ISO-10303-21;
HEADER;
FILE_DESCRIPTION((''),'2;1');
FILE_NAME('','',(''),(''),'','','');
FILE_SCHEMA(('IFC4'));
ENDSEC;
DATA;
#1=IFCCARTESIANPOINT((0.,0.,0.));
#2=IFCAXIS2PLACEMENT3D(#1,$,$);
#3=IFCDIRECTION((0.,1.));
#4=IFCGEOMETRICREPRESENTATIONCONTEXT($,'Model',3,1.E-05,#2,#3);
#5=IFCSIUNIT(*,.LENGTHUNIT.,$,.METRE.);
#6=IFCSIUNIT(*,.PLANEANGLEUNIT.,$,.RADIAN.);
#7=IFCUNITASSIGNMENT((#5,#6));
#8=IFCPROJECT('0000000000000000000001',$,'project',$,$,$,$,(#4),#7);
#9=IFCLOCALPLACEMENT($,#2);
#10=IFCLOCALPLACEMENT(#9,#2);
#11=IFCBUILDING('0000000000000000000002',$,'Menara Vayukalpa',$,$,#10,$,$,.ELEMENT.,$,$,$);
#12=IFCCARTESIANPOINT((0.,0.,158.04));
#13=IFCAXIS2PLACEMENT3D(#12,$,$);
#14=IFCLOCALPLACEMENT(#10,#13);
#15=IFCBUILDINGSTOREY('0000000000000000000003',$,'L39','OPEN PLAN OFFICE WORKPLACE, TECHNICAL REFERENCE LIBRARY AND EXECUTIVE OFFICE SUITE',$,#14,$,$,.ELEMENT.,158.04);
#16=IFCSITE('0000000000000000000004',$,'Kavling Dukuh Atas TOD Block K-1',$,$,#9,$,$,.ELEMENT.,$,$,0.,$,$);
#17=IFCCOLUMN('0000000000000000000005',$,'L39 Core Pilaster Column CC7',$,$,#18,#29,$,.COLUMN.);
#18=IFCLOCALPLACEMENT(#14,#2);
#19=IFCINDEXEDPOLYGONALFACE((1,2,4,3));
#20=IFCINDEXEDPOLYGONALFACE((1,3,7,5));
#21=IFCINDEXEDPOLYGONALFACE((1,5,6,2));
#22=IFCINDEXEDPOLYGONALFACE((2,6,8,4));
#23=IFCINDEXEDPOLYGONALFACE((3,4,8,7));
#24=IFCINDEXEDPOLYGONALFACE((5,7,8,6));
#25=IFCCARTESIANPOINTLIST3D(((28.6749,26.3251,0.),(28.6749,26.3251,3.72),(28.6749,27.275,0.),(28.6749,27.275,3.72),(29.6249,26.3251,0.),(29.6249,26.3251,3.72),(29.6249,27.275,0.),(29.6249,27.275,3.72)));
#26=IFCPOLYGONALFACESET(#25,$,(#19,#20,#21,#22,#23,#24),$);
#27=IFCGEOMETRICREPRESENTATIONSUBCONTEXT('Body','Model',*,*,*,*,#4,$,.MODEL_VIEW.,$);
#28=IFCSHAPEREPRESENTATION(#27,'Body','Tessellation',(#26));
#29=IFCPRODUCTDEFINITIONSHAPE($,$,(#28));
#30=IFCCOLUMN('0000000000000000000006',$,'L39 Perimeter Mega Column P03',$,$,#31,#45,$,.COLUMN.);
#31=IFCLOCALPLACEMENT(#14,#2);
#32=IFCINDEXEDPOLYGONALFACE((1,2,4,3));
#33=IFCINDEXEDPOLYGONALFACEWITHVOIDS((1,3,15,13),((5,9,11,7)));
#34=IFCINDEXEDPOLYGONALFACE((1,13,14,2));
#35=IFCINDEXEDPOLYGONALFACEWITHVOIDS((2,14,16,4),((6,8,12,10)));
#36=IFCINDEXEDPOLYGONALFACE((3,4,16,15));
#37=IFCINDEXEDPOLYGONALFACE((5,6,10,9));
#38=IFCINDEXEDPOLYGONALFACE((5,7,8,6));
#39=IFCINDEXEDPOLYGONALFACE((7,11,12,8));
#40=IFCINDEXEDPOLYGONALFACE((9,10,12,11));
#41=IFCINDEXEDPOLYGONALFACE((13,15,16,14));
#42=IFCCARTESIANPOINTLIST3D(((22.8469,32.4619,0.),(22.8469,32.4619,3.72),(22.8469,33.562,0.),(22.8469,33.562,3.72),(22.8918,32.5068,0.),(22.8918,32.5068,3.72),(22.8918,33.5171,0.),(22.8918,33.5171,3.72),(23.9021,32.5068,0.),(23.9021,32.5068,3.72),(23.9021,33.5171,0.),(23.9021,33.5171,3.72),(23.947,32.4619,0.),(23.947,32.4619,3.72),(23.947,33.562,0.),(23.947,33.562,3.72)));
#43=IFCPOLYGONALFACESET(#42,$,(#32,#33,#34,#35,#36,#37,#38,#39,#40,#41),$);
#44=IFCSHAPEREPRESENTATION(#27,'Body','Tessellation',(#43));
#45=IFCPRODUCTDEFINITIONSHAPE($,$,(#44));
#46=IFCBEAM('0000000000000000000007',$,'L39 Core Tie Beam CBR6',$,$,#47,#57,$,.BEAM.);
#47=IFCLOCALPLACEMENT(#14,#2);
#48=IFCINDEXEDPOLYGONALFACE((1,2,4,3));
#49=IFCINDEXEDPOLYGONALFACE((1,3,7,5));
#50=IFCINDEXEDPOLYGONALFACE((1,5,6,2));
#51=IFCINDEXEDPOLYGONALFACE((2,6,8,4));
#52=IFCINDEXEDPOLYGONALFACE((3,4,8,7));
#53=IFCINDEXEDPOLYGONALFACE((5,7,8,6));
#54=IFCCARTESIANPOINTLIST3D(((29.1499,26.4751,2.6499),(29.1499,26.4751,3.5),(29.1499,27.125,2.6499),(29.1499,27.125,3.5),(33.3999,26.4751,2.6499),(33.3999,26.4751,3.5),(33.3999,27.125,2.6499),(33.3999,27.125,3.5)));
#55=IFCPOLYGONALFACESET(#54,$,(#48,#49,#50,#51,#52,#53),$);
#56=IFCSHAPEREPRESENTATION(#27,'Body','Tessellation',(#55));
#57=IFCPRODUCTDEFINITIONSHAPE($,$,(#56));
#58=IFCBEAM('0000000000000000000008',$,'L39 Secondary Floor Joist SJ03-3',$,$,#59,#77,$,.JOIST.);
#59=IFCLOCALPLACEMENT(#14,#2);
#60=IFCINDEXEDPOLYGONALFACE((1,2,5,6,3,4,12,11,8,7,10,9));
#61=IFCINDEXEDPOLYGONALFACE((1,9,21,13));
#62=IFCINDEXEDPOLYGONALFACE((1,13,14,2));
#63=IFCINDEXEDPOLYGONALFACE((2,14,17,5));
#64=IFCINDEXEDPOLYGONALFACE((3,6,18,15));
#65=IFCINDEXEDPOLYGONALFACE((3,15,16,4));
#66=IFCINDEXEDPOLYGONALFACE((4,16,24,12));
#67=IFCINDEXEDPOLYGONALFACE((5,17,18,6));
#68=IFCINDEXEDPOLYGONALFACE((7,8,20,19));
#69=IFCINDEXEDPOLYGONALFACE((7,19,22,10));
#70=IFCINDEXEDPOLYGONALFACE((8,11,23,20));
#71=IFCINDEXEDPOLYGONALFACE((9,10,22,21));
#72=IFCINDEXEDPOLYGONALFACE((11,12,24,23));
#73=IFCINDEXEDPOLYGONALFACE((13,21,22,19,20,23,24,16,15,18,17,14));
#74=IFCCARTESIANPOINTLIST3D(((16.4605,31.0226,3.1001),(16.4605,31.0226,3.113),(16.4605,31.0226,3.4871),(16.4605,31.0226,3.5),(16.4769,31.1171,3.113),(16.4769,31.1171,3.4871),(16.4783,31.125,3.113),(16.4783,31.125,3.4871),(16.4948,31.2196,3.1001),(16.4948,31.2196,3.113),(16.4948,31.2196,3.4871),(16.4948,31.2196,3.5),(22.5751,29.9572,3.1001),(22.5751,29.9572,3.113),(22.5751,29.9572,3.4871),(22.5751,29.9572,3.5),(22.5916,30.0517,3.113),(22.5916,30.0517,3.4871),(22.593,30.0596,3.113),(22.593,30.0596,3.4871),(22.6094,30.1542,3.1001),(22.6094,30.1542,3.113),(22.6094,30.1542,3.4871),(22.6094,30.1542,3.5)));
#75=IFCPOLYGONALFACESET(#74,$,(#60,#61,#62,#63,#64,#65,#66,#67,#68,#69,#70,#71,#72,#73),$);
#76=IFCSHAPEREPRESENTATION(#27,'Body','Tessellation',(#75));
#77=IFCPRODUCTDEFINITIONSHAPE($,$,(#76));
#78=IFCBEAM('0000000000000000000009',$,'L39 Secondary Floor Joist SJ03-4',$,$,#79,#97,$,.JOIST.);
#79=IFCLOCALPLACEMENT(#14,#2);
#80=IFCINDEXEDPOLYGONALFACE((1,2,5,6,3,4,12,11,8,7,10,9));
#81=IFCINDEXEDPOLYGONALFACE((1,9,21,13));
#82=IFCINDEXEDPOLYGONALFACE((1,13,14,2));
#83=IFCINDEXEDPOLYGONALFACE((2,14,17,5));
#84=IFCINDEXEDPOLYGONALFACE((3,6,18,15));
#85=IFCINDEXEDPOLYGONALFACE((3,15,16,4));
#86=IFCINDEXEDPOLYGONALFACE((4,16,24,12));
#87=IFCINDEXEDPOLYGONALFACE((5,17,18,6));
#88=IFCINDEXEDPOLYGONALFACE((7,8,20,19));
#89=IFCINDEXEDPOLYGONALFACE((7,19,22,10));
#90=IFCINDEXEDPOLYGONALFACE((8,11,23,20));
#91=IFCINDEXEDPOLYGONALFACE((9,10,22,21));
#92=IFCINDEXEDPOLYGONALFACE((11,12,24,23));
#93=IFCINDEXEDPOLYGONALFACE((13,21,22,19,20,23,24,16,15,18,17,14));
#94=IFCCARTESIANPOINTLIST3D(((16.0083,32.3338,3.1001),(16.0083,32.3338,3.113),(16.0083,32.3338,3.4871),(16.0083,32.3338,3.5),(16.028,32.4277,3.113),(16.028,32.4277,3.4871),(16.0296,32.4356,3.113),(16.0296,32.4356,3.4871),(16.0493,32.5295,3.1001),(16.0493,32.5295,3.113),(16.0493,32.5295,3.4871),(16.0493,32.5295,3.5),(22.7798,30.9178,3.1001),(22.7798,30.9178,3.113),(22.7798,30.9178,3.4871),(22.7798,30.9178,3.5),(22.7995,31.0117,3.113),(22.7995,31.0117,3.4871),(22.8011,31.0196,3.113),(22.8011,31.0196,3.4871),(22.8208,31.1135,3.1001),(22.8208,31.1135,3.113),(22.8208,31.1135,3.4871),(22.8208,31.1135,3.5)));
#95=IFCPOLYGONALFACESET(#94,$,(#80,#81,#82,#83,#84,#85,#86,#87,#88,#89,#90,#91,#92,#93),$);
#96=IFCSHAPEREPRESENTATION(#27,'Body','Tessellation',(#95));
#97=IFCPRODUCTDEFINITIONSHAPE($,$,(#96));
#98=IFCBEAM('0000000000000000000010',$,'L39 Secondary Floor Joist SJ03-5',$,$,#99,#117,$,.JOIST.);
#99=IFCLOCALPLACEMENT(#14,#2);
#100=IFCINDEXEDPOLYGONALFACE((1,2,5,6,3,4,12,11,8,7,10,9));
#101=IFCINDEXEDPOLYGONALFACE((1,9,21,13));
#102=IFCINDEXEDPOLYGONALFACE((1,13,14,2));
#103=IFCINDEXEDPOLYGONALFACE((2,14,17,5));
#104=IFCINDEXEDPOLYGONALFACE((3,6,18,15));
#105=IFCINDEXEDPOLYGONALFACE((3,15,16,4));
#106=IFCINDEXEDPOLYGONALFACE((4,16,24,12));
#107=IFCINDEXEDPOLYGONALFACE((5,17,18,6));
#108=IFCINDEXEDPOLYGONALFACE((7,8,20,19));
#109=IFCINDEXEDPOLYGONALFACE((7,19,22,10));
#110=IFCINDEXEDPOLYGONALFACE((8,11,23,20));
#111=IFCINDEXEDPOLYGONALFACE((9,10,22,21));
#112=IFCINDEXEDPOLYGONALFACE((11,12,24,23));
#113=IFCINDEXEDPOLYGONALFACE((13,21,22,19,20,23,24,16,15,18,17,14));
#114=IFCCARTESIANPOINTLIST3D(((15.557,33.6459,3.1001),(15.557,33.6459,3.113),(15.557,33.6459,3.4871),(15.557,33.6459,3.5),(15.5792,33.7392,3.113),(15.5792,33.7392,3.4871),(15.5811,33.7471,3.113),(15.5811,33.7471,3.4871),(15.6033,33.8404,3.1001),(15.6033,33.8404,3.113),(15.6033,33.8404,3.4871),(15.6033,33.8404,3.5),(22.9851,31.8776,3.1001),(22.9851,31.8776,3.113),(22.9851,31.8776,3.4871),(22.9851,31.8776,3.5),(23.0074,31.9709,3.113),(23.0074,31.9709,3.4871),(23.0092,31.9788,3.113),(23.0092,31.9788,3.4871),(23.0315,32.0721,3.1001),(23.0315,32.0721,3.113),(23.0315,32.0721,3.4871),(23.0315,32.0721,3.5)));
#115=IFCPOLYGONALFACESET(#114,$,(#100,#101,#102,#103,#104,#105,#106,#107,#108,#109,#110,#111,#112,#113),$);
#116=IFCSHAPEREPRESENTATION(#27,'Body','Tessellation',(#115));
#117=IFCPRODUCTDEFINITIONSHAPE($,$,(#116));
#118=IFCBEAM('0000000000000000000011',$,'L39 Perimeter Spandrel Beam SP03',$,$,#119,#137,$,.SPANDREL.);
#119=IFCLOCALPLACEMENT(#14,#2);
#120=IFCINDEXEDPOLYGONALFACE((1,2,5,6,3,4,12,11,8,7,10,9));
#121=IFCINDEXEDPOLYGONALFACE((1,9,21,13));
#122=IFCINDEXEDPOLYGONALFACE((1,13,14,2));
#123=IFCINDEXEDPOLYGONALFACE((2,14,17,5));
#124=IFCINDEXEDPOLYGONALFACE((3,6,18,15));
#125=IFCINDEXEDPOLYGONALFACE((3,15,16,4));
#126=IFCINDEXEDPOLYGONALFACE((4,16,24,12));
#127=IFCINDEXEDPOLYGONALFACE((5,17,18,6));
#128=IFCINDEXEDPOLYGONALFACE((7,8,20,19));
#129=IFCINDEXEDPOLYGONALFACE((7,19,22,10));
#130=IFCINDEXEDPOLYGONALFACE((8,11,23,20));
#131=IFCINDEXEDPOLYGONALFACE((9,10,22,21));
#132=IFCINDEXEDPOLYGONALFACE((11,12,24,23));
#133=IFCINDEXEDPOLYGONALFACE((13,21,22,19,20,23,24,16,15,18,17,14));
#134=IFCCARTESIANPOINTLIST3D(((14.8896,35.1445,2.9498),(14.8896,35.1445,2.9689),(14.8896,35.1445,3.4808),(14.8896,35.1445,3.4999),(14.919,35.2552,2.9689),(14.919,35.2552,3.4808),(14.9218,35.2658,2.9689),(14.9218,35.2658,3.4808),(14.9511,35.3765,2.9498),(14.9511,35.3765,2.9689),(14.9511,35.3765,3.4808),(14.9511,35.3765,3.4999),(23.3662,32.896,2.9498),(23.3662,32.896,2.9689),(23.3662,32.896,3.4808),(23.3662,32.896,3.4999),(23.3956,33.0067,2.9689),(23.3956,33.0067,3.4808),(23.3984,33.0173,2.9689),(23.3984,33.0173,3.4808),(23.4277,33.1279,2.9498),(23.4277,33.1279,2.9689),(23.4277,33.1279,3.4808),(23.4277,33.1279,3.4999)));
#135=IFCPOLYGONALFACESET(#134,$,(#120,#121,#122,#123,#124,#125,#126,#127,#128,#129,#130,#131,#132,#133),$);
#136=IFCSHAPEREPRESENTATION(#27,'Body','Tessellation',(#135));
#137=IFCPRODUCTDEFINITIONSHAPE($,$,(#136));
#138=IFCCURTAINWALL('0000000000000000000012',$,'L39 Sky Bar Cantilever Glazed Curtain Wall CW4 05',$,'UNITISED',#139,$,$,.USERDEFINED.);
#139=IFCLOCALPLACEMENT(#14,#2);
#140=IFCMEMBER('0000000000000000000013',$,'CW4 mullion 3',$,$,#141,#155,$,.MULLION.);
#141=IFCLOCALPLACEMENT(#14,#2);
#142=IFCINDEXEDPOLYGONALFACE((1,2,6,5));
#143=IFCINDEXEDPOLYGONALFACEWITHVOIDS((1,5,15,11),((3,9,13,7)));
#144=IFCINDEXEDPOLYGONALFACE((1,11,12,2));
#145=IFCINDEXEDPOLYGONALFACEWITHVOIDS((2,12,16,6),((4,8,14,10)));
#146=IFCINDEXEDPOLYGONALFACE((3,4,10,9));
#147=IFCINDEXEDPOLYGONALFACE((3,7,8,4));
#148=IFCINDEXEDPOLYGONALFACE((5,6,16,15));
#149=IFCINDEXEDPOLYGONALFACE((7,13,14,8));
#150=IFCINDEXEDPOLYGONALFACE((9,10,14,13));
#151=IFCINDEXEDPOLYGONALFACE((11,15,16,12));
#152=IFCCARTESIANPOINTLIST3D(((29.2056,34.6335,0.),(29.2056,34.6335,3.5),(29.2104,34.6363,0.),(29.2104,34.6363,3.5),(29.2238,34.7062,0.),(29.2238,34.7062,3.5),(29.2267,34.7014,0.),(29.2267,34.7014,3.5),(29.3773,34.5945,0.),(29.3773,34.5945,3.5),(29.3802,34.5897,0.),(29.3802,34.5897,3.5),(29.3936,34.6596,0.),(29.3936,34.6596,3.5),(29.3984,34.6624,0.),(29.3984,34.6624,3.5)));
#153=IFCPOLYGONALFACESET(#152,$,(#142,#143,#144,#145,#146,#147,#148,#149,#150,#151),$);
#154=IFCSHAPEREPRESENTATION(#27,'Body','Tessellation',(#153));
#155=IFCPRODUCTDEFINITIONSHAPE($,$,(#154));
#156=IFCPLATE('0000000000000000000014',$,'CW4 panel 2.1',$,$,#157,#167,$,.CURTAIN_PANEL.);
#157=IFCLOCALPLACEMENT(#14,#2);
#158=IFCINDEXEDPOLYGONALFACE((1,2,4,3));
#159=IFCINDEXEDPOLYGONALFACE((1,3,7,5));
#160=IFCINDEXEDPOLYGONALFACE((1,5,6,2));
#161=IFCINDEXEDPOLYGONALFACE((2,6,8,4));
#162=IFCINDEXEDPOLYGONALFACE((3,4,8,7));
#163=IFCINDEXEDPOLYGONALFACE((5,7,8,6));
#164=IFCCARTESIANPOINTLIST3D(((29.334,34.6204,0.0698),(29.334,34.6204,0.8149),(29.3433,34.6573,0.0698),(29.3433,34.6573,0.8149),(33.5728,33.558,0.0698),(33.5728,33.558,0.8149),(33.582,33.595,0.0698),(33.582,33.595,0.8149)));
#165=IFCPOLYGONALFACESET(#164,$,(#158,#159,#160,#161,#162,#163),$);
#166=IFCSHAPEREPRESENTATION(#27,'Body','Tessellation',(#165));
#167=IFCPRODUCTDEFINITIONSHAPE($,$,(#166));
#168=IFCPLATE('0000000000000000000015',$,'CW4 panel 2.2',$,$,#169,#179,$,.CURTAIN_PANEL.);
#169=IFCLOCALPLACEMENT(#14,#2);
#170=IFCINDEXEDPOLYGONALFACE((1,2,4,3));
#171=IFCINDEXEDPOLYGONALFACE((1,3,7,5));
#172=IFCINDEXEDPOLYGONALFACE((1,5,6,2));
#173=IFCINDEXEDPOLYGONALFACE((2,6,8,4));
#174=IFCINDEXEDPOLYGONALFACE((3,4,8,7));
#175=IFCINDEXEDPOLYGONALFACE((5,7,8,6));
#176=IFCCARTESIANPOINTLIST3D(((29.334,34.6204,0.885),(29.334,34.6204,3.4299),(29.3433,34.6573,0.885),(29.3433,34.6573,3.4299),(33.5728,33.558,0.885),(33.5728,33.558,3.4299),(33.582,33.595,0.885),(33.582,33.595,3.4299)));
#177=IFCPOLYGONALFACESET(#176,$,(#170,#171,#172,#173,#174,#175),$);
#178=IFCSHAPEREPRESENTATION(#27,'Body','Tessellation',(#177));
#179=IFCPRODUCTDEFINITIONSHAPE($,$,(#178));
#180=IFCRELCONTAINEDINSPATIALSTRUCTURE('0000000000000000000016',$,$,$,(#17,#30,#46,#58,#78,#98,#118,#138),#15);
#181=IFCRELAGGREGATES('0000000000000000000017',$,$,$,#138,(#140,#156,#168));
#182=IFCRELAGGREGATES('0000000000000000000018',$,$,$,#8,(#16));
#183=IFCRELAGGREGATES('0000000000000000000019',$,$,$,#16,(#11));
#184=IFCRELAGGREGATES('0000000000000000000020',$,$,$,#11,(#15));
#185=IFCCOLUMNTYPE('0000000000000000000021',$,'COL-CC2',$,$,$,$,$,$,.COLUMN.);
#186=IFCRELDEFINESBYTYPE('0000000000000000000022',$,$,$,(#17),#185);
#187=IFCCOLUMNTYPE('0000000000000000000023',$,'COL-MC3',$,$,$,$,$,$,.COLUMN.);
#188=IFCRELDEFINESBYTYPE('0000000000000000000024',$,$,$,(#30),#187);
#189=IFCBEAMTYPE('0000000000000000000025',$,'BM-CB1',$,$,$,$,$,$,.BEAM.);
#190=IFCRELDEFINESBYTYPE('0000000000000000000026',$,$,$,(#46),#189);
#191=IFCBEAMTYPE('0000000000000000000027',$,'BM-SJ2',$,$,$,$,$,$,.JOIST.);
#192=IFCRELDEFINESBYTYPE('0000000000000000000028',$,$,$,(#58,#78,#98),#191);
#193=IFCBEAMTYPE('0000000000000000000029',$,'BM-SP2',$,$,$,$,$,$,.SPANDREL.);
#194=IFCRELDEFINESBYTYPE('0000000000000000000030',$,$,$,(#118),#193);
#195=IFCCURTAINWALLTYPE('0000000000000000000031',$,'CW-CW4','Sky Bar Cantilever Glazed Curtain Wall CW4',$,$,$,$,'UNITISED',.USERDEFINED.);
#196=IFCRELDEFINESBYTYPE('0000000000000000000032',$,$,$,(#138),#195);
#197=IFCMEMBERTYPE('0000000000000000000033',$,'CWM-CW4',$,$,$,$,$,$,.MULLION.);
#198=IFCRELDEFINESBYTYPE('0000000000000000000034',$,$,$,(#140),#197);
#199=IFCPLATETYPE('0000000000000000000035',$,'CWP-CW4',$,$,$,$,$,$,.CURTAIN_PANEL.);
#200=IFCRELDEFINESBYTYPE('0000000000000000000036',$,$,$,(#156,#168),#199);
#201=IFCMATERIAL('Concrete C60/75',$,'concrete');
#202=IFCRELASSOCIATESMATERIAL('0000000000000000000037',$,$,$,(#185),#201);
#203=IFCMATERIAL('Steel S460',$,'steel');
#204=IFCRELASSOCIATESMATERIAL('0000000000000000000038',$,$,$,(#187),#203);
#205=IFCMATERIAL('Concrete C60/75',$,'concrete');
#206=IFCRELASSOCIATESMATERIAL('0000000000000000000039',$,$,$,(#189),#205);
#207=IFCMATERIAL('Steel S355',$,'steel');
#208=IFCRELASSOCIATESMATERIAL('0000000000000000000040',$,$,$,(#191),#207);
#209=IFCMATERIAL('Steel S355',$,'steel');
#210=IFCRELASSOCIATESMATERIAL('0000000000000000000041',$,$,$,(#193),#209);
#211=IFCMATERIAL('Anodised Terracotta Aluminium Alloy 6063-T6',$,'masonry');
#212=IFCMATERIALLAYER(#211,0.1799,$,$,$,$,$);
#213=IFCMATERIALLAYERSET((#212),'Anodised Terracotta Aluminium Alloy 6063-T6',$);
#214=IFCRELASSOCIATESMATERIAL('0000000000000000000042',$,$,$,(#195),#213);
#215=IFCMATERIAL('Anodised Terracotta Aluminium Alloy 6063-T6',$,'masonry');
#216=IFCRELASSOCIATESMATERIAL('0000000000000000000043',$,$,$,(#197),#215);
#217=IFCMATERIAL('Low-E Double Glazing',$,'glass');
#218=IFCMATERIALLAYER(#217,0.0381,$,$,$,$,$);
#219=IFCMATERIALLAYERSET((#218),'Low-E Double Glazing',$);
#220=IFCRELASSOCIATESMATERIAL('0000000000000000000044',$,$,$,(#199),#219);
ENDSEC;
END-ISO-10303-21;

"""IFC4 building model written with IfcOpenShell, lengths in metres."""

from ifc_helpers import new_model, si_unit, direction, frame, origin, origin_2d, place, context, subcontext, project, spatial, rectangle, hollow_rectangle, i_section, extrude, material, layer, layer_set, material_profile, profile_set, type_object, element, aggregate, save


model = new_model("IFC4")

# Units and contexts
model_context = context("Model", 3, precision=1e-05, world=origin(), true_north=direction((0.0, 1.0)))
body_context = subcontext(model_context, "Body", "Model", "MODEL_VIEW")
ifc_project = project(units=[si_unit("LENGTHUNIT", "METRE"), si_unit("PLANEANGLEUNIT", "RADIAN")], contexts=[model_context])

# Site, building, storey
site_placement = place(None, origin())
site = spatial("IfcSite", under=ifc_project, at=site_placement, Name="Kavling Dukuh Atas TOD Block K-1", CompositionType="ELEMENT", RefElevation=0.0)
building_placement = place(site_placement, origin())
building = spatial("IfcBuilding", under=site, at=building_placement, Name="Menara Vayukalpa", CompositionType="ELEMENT")
storey_placement = place(building_placement, frame((0.0, 0.0, 158.04)))
storey = spatial("IfcBuildingStorey", under=building, at=storey_placement, Name="L39", Description="OPEN PLAN OFFICE WORKPLACE, TECHNICAL REFERENCE LIBRARY AND EXECUTIVE OFFICE SUITE", CompositionType="ELEMENT", Elevation=158.04)

# Columns
ifc_material_1 = material(Name="Concrete C60/75", Category="concrete")
ifc_material_profile_1 = material_profile(ifc_material_1, rectangle(XDim=0.95, YDim=0.95, at=origin_2d()), Name="RC 950x950")
ifc_profile_set_1 = profile_set([ifc_material_profile_1], Name="Concrete C60/75")
column_type_1 = type_object("IfcColumnType", Name="COL-CC2", PredefinedType="COLUMN", material=ifc_profile_set_1)
column_1_placement = place(storey_placement, frame((29.1499, 26.8, 0.0), z_axis=(0.0, 0.0, 1.0), x_axis=(1.0, 0.0, 0.0)))
element("IfcColumn", 1, at=column_1_placement, inside=storey, type_object=column_type_1, Name="L39 Core Pilaster Column CC7", PredefinedType="COLUMN", context=body_context, shape_type="SweptSolid", body=[
    extrude(rectangle(XDim=0.95, YDim=0.95, at=origin_2d()), origin(), (0.0, 0.0, 1.0), 3.72),
])
ifc_material_2 = material(Name="Steel S460", Category="steel")
ifc_material_profile_2 = material_profile(ifc_material_2, hollow_rectangle(XDim=1.1001, YDim=1.1001, WallThickness=0.0449, at=origin_2d()), Name="BOX 1100x1100x45")
ifc_profile_set_2 = profile_set([ifc_material_profile_2], Name="Steel S460")
column_type_2 = type_object("IfcColumnType", Name="COL-MC3", PredefinedType="COLUMN", material=ifc_profile_set_2)
column_2_placement = place(storey_placement, frame((23.397, 33.012, 0.0), z_axis=(0.0, 0.0, 1.0), x_axis=(1.0, 0.0, 0.0)))
element("IfcColumn", 2, at=column_2_placement, inside=storey, type_object=column_type_2, Name="L39 Perimeter Mega Column P03", PredefinedType="COLUMN", context=body_context, shape_type="SweptSolid", body=[
    extrude(hollow_rectangle(XDim=1.1001, YDim=1.1001, WallThickness=0.0449, at=origin_2d()), origin(), (0.0, 0.0, 1.0), 3.72),
])

# Beams
ifc_material_3 = material(Name="Concrete C60/75", Category="concrete")
ifc_material_profile_3 = material_profile(ifc_material_3, rectangle(XDim=0.6499, YDim=0.8501, at=origin_2d()), Name="RC 650x850")
ifc_profile_set_3 = profile_set([ifc_material_profile_3], Name="Concrete C60/75")
beam_type_1 = type_object("IfcBeamType", Name="BM-CB1", PredefinedType="BEAM", material=ifc_profile_set_3)
beam_1_placement = place(storey_placement, frame((29.1499, 26.8, 3.075), z_axis=(1.0, 0.0, 0.0), x_axis=(0.0, 1.0, 0.0)))
element("IfcBeam", 3, at=beam_1_placement, inside=storey, type_object=beam_type_1, Name="L39 Core Tie Beam CBR6", PredefinedType="BEAM", context=body_context, shape_type="SweptSolid", body=[
    extrude(rectangle(XDim=0.6499, YDim=0.8501, at=origin_2d()), origin(), (0.0, 0.0, 1.0), 4.25),
])
ifc_material_4 = material(Name="Steel S355", Category="steel")
ifc_material_profile_4 = material_profile(ifc_material_4, i_section(OverallWidth=0.2, OverallDepth=0.3999, WebThickness=0.0081, FlangeThickness=0.0129, at=origin_2d()), Name="WF 400x200x8x13")
ifc_profile_set_4 = profile_set([ifc_material_profile_4], Name="Steel S355")
beam_type_2 = type_object("IfcBeamType", Name="BM-SJ2", PredefinedType="JOIST", material=ifc_profile_set_4)
beam_2_placement = place(storey_placement, frame((22.5923, 30.0557, 3.3), z_axis=(-0.985157, 0.171653, 0.0), x_axis=(-0.171653, -0.985157, 0.0)))
element("IfcBeam", 4, at=beam_2_placement, inside=storey, type_object=beam_type_2, Name="L39 Secondary Floor Joist SJ03-3", PredefinedType="JOIST", context=body_context, shape_type="SweptSolid", body=[
    extrude(i_section(OverallWidth=0.2, OverallDepth=0.3999, WebThickness=0.0081, FlangeThickness=0.0129, at=origin_2d()), origin(), (0.0, 0.0, 1.0), 6.2068),
])
beam_3_placement = place(storey_placement, frame((22.8003, 31.0156, 3.3), z_axis=(-0.978827, 0.204687, 0.0), x_axis=(-0.204687, -0.978827, 0.0)))
element("IfcBeam", 5, at=beam_3_placement, inside=storey, type_object=beam_type_2, Name="L39 Secondary Floor Joist SJ03-4", PredefinedType="JOIST", context=body_context, shape_type="SweptSolid", body=[
    extrude(i_section(OverallWidth=0.2, OverallDepth=0.3999, WebThickness=0.0081, FlangeThickness=0.0129, at=origin_2d()), origin(), (0.0, 0.0, 1.0), 6.918),
])
beam_4_placement = place(storey_placement, frame((23.0083, 31.9749, 3.3), z_axis=(-0.972815, 0.231582, 0.0), x_axis=(-0.231582, -0.972815, 0.0)))
element("IfcBeam", 6, at=beam_4_placement, inside=storey, type_object=beam_type_2, Name="L39 Secondary Floor Joist SJ03-5", PredefinedType="JOIST", context=body_context, shape_type="SweptSolid", body=[
    extrude(i_section(OverallWidth=0.2, OverallDepth=0.3999, WebThickness=0.0081, FlangeThickness=0.0129, at=origin_2d()), origin(), (0.0, 0.0, 1.0), 7.6357),
])
ifc_material_5 = material(Name="Steel S355", Category="steel")
ifc_material_profile_5 = material_profile(ifc_material_5, i_section(OverallWidth=0.24, OverallDepth=0.55, WebThickness=0.011, FlangeThickness=0.019, at=origin_2d()), Name="WF 550x240x11x19")
ifc_profile_set_5 = profile_set([ifc_material_profile_5], Name="Steel S355")
beam_type_3 = type_object("IfcBeamType", Name="BM-SP2", PredefinedType="SPANDREL", material=ifc_profile_set_5)
beam_5_placement = place(storey_placement, frame((23.397, 33.012, 3.2249), z_axis=(-0.966571, 0.256398, 0.0), x_axis=(-0.256398, -0.966571, 0.0)))
element("IfcBeam", 7, at=beam_5_placement, inside=storey, type_object=beam_type_3, Name="L39 Perimeter Spandrel Beam SP03", PredefinedType="SPANDREL", context=body_context, shape_type="SweptSolid", body=[
    extrude(i_section(OverallWidth=0.24, OverallDepth=0.55, WebThickness=0.011, FlangeThickness=0.019, at=origin_2d()), origin(), (0.0, 0.0, 1.0), 8.7698),
])

# Curtain wall, member, plates
ifc_material_6 = material(Name="Anodised Terracotta Aluminium Alloy 6063-T6", Category="masonry")
ifc_layer_1 = layer(ifc_material_6, 0.1799)
ifc_layer_set_1 = layer_set([ifc_layer_1], Name="Anodised Terracotta Aluminium Alloy 6063-T6")
curtain_wall_type = type_object("IfcCurtainWallType", Name="CW-CW4", Description="Sky Bar Cantilever Glazed Curtain Wall CW4", ElementType="UNITISED", PredefinedType="USERDEFINED", material=ifc_layer_set_1)
curtain_wall_placement = place(storey_placement, origin())
curtain_wall = element("IfcCurtainWall", 8, at=curtain_wall_placement, inside=storey, type_object=curtain_wall_type, Name="L39 Sky Bar Cantilever Glazed Curtain Wall CW4 05", ObjectType="UNITISED", PredefinedType="USERDEFINED")
ifc_material_7 = material(Name="Anodised Terracotta Aluminium Alloy 6063-T6", Category="masonry")
ifc_material_profile_6 = material_profile(ifc_material_7, hollow_rectangle(XDim=0.075, YDim=0.1799, WallThickness=0.0039, at=origin_2d()), Name="ALU 75x180x4")
ifc_profile_set_6 = profile_set([ifc_material_profile_6], Name="Anodised Terracotta Aluminium Alloy 6063-T6")
member_type = type_object("IfcMemberType", Name="CWM-CW4", PredefinedType="MULLION", material=ifc_profile_set_6)
member_placement = place(storey_placement, frame((29.302, 34.6479, 0.0), z_axis=(0.0, 0.0, 1.0), x_axis=(-0.243113, -0.969998, 0.0)))
member = element("IfcMember", 9, at=member_placement, type_object=member_type, Name="CW4 mullion 3", PredefinedType="MULLION", context=body_context, shape_type="SweptSolid", body=[
    extrude(hollow_rectangle(XDim=0.075, YDim=0.1799, WallThickness=0.0039, at=origin_2d()), origin(), (0.0, 0.0, 1.0), 3.5),
])
ifc_material_8 = material(Name="Low-E Double Glazing", Category="glass")
ifc_layer_2 = layer(ifc_material_8, 0.0381)
ifc_layer_set_2 = layer_set([ifc_layer_2], Name="Low-E Double Glazing")
plate_type = type_object("IfcPlateType", Name="CWP-CW4", PredefinedType="CURTAIN_PANEL", material=ifc_layer_set_2)
plate_1_placement = place(storey_placement, frame((31.458, 34.1077, 0.0698), z_axis=(0.0, 0.0, 1.0), x_axis=(-0.969998, 0.243113, 0.0)))
plate_1 = element("IfcPlate", 10, at=plate_1_placement, type_object=plate_type, Name="CW4 panel 2.1", PredefinedType="CURTAIN_PANEL", context=body_context, shape_type="SweptSolid", body=[
    extrude(rectangle(XDim=4.3699, YDim=0.0381, at=origin_2d()), origin(), (0.0, 0.0, 1.0), 0.7451),
])
plate_2_placement = place(storey_placement, frame((31.458, 34.1077, 0.885), z_axis=(0.0, 0.0, 1.0), x_axis=(-0.969998, 0.243113, 0.0)))
plate_2 = element("IfcPlate", 11, at=plate_2_placement, type_object=plate_type, Name="CW4 panel 2.2", PredefinedType="CURTAIN_PANEL", context=body_context, shape_type="SweptSolid", body=[
    extrude(rectangle(XDim=4.3699, YDim=0.0381, at=origin_2d()), origin(), (0.0, 0.0, 1.0), 2.5449),
])
aggregate(curtain_wall, [member, plate_1, plate_2])

save(model, "model.ifc")
